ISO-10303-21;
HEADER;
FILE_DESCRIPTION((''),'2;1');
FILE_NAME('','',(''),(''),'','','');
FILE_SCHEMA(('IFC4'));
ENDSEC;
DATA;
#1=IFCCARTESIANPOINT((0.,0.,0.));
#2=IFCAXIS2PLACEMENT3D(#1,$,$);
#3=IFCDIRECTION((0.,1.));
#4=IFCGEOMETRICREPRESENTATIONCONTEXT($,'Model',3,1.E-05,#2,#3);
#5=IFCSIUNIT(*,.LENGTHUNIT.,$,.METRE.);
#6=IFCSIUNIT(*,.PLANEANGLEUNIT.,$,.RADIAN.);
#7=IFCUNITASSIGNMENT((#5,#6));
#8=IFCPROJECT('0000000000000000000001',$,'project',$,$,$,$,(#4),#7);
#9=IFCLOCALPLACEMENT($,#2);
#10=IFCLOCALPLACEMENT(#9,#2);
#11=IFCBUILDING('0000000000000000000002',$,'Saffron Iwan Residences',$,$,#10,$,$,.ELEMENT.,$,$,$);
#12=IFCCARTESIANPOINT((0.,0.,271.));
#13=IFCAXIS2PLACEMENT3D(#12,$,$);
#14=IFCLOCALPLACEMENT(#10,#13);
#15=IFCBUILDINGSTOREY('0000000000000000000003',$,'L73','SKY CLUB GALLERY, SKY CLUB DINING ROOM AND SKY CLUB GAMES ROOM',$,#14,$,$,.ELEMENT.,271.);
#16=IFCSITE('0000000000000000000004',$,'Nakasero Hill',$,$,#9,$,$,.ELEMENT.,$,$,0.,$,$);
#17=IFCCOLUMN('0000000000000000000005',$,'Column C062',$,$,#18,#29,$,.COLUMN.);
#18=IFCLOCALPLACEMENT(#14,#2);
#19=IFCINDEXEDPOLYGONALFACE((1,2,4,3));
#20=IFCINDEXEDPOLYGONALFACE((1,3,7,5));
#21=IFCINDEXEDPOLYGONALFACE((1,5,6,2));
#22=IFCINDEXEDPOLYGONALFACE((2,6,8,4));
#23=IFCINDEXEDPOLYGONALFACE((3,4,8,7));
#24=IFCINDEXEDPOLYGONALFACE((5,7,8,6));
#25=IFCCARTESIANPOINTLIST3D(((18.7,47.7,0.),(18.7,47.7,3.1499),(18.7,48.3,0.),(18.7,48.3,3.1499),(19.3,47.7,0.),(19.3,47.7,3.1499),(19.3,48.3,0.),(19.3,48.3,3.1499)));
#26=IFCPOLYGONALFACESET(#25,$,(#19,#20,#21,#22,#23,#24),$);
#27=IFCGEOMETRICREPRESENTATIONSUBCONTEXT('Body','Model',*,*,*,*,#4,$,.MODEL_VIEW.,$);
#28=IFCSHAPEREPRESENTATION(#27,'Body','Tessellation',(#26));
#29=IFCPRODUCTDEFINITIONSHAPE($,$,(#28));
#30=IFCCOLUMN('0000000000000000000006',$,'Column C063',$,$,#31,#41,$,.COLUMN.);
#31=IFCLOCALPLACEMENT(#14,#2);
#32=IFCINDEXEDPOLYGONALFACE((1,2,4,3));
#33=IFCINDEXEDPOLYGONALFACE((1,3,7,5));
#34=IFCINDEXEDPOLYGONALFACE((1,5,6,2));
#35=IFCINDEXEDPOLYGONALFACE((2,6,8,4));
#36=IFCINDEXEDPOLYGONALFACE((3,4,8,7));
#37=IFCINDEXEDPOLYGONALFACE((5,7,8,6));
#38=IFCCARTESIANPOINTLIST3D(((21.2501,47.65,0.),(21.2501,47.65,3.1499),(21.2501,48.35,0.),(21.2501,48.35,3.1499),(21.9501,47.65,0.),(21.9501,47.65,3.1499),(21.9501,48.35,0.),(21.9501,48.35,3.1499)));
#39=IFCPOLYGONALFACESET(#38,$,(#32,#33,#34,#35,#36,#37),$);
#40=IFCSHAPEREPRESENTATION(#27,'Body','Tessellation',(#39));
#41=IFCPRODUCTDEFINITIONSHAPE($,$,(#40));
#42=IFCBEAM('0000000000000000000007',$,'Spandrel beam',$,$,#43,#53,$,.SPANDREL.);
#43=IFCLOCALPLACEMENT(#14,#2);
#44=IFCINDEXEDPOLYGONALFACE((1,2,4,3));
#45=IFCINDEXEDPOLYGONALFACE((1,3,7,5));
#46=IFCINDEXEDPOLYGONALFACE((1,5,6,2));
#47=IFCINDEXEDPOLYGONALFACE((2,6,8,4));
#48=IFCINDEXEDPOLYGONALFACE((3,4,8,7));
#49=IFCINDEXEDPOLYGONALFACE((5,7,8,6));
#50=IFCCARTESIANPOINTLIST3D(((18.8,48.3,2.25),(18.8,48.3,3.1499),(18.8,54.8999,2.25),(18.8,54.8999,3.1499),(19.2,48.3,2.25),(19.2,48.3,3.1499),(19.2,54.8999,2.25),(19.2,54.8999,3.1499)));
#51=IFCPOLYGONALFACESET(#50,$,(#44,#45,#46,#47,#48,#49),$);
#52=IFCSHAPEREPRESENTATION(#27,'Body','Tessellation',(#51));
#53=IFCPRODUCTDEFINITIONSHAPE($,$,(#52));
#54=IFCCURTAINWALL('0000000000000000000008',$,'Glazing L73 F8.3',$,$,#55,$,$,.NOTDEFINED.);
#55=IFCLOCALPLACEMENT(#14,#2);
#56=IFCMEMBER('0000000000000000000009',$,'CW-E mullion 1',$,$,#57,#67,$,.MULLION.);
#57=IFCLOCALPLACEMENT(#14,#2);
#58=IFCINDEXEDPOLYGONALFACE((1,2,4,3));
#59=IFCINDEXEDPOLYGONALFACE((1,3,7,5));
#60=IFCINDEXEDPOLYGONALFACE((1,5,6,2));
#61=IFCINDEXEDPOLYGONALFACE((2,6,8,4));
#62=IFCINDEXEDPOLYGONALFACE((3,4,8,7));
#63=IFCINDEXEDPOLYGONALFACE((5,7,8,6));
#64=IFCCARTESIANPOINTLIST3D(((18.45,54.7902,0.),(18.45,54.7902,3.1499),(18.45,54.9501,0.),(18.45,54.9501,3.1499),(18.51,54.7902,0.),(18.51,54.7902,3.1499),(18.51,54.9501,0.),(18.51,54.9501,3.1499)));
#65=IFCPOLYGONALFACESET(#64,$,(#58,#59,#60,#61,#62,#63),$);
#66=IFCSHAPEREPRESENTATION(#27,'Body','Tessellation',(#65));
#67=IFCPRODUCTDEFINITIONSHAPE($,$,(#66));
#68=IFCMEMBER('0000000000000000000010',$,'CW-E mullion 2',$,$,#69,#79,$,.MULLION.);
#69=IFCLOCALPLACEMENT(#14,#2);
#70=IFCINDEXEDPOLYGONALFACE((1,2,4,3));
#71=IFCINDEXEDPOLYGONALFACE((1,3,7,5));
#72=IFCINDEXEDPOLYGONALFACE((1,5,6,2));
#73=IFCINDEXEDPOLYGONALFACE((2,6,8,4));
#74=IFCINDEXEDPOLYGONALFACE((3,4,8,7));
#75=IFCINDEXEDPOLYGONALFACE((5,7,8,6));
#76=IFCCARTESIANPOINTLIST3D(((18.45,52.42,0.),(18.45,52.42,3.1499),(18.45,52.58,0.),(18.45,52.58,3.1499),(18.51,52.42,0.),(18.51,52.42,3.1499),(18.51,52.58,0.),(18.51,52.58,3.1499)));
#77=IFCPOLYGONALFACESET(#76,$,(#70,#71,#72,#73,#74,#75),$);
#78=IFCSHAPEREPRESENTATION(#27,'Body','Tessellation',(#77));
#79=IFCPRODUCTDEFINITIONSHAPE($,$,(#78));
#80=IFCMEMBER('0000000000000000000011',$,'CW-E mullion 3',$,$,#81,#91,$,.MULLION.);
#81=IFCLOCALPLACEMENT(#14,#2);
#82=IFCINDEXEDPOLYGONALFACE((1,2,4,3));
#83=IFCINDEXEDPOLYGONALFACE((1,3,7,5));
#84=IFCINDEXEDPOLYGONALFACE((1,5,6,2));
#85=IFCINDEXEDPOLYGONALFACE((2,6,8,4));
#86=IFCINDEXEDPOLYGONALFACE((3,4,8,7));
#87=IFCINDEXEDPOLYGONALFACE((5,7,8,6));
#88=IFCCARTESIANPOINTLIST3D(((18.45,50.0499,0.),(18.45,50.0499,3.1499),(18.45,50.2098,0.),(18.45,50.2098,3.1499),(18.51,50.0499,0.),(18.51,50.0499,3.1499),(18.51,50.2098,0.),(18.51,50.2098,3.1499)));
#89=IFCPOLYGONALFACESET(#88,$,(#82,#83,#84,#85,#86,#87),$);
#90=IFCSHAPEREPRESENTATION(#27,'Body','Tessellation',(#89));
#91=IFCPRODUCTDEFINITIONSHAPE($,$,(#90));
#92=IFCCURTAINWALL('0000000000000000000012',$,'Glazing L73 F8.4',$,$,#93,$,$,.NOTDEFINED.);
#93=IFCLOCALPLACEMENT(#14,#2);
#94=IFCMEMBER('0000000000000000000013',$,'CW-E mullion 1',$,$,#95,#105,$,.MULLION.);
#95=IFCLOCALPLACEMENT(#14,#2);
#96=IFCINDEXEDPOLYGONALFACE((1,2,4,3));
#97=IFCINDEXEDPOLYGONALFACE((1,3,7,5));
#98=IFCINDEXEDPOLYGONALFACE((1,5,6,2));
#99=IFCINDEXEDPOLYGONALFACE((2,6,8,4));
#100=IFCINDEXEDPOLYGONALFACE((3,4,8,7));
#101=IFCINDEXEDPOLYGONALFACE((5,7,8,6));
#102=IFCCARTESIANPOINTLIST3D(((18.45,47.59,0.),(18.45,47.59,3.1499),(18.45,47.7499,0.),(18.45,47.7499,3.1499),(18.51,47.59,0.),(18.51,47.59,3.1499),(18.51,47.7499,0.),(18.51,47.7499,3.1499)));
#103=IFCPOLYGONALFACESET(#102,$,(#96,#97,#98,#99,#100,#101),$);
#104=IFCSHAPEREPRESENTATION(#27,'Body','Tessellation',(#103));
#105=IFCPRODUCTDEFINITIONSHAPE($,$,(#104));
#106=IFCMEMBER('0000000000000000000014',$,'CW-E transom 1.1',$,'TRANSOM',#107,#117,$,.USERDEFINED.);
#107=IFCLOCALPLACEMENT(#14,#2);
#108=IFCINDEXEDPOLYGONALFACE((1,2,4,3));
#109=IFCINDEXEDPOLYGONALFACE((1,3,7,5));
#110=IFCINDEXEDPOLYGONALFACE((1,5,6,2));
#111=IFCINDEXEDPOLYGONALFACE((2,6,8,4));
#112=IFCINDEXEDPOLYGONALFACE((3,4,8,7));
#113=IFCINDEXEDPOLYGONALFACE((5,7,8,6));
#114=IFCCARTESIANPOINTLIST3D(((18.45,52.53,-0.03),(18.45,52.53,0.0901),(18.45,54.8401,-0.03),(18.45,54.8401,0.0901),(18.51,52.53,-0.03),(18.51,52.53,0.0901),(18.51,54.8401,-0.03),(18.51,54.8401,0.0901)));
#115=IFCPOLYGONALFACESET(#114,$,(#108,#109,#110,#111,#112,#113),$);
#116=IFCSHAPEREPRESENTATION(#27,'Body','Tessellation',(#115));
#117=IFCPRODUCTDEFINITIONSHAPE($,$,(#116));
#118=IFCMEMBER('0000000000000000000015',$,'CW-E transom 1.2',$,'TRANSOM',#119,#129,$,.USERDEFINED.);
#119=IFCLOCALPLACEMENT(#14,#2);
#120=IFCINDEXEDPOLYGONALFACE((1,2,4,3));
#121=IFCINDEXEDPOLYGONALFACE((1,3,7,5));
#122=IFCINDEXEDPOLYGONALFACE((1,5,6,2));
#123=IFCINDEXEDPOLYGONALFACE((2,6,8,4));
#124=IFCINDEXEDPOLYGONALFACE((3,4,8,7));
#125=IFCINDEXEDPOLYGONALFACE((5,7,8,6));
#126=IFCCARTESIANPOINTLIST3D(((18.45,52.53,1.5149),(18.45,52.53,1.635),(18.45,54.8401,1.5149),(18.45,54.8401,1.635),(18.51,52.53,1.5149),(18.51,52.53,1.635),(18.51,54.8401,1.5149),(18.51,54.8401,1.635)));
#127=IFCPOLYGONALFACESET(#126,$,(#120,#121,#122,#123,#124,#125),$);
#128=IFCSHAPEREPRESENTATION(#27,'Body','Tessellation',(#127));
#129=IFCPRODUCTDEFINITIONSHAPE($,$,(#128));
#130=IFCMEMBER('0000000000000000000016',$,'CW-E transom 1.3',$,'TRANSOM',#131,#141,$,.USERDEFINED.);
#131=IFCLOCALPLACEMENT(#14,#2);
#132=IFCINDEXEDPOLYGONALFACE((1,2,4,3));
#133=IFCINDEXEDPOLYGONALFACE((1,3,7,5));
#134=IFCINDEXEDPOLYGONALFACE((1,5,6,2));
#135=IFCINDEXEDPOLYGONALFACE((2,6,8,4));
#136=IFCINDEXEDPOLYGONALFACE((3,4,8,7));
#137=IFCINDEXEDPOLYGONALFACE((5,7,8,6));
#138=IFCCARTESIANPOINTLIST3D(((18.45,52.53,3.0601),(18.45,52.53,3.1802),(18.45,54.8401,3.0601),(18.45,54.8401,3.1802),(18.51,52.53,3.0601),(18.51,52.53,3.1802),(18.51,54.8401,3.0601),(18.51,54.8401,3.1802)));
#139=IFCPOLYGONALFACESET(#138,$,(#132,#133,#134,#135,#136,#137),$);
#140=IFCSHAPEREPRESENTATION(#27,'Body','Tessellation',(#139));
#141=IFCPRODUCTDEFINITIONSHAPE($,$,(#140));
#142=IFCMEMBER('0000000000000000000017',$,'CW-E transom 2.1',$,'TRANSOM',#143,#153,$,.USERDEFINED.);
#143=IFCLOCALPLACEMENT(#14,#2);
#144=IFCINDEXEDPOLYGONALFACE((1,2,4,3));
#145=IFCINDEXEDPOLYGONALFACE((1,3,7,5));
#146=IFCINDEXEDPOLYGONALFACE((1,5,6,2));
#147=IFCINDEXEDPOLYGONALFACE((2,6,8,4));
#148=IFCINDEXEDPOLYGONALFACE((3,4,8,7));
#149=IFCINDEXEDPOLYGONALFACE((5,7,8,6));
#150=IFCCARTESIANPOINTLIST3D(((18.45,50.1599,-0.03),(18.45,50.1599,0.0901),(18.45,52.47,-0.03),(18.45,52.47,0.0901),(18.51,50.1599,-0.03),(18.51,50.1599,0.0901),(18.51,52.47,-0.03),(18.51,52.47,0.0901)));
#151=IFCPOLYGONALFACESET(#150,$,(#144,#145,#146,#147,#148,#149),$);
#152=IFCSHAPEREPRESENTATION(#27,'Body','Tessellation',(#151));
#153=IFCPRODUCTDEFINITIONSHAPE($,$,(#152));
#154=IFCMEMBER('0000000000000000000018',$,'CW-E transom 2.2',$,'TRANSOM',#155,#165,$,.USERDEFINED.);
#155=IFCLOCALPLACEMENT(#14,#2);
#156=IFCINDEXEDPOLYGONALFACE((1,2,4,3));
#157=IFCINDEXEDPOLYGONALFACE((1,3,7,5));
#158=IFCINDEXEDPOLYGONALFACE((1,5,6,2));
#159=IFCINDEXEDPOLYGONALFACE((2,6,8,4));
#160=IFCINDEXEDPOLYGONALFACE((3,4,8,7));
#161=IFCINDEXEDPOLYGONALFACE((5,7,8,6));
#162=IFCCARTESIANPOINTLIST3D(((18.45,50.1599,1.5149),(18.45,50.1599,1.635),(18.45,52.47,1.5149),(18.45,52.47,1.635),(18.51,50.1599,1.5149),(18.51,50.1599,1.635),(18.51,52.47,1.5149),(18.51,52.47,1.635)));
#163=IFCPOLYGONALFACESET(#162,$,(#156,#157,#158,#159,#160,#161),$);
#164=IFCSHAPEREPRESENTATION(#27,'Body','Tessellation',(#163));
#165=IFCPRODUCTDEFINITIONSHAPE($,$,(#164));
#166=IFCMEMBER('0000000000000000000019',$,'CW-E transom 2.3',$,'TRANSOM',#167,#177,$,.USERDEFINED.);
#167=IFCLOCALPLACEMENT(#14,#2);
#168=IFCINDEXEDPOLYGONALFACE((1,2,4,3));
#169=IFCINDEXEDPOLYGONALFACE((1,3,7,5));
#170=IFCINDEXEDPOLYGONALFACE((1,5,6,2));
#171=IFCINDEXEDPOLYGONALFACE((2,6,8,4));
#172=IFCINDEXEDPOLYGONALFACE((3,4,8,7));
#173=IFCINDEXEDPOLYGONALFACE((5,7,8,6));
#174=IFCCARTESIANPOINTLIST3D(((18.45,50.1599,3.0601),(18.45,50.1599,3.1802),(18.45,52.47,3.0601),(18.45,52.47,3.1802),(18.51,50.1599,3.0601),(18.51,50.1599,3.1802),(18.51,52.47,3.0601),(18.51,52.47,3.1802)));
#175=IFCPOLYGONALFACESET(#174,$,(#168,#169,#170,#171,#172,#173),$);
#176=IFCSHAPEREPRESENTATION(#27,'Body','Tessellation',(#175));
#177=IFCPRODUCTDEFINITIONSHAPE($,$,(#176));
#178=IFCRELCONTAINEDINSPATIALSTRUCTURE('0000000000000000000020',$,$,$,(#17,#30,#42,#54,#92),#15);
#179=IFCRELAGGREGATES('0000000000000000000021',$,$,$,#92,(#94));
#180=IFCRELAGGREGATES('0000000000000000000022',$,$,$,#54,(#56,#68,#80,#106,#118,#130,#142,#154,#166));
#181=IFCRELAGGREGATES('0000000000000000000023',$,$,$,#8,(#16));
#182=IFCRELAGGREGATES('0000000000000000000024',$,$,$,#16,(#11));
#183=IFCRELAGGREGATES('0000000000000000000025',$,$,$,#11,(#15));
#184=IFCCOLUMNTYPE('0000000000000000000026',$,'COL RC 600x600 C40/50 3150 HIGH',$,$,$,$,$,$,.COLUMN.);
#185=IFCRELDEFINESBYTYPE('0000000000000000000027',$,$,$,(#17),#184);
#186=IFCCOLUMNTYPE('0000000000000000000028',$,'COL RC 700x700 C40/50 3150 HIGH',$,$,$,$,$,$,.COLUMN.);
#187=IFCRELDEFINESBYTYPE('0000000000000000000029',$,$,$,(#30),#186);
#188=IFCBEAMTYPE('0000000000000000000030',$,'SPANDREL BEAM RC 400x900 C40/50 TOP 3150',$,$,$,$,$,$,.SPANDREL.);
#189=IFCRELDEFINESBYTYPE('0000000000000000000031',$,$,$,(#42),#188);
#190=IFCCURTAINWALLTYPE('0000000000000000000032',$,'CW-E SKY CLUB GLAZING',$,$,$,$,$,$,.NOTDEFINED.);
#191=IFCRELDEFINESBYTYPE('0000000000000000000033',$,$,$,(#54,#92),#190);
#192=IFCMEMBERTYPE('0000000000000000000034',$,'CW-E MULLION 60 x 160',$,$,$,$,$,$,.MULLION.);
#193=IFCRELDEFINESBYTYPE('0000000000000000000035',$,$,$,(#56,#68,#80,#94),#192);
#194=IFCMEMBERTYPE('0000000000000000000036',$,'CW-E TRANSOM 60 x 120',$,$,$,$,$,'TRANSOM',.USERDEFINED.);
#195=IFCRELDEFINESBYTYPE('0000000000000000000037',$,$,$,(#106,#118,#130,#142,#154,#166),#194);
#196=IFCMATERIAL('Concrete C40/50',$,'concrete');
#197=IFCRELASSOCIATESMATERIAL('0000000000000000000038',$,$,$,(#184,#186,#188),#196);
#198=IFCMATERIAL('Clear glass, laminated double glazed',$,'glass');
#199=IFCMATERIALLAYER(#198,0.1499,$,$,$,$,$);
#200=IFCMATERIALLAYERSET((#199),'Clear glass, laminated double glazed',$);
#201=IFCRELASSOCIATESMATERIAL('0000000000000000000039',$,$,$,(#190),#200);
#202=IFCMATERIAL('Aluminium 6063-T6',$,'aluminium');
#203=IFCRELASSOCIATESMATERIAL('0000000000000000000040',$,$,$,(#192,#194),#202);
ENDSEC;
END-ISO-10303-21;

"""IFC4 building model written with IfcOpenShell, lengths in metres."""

from ifc_helpers import new_model, si_unit, direction, frame, origin, origin_2d, place, context, subcontext, project, spatial, rectangle, extrude, source, transform, mapped, material, layer, layer_set, material_profile, profile_set, type_object, element, aggregate, save


model = new_model("IFC4")

# Units and contexts
model_context = context("Model", 3, precision=1e-05, world=origin(), true_north=direction((0.0, 1.0)))
body_context = subcontext(model_context, "Body", "Model", "MODEL_VIEW")
ifc_project = project(units=[si_unit("LENGTHUNIT", "METRE"), si_unit("PLANEANGLEUNIT", "RADIAN")], contexts=[model_context])

# Site, building, storey
site_placement = place(None, origin())
site = spatial("IfcSite", under=ifc_project, at=site_placement, Name="Nakasero Hill", CompositionType="ELEMENT", RefElevation=0.0)
building_placement = place(site_placement, origin())
building = spatial("IfcBuilding", under=site, at=building_placement, Name="Saffron Iwan Residences", CompositionType="ELEMENT")
storey_placement = place(building_placement, frame((0.0, 0.0, 271.0)))
storey = spatial("IfcBuildingStorey", under=building, at=storey_placement, Name="L73", Description="SKY CLUB GALLERY, SKY CLUB DINING ROOM AND SKY CLUB GAMES ROOM", CompositionType="ELEMENT", Elevation=271.0)

# Columns
ifc_material_1 = material(Name="Concrete C40/50", Category="concrete")
ifc_material_profile_1 = material_profile(ifc_material_1, rectangle(XDim=0.6001, YDim=0.6001, at=origin_2d()), Name="RC 600x600")
ifc_profile_set_1 = profile_set([ifc_material_profile_1], Name="Concrete C40/50")
column_type_1 = type_object("IfcColumnType", Name="COL RC 600x600 C40/50 3150 HIGH", PredefinedType="COLUMN", material=ifc_profile_set_1)
shared_shape_1 = source(origin(), body_context, "Body", "SweptSolid", [
    extrude(rectangle(XDim=0.6001, YDim=0.6001, at=origin_2d()), origin(), (0.0, 0.0, 1.0), 3.1499),
])
column_1_placement = place(storey_placement, frame((19.0, 48.0, 0.0), z_axis=(0.0, 0.0, 1.0), x_axis=(1.0, 0.0, 0.0)))
element("IfcColumn", 1, at=column_1_placement, inside=storey, type_object=column_type_1, Name="Column C062", PredefinedType="COLUMN", context=body_context, shape_type="MappedRepresentation", body=[
    mapped(shared_shape_1, transform((0.0, 0.0, 0.0))),
])
ifc_material_profile_2 = material_profile(ifc_material_1, rectangle(XDim=0.7, YDim=0.7, at=origin_2d()), Name="RC 700x700")
ifc_profile_set_2 = profile_set([ifc_material_profile_2], Name="Concrete C40/50")
column_type_2 = type_object("IfcColumnType", Name="COL RC 700x700 C40/50 3150 HIGH", PredefinedType="COLUMN", material=ifc_profile_set_2)
shared_shape_2 = source(origin(), body_context, "Body", "SweptSolid", [
    extrude(rectangle(XDim=0.7, YDim=0.7, at=origin_2d()), origin(), (0.0, 0.0, 1.0), 3.1499),
])
column_2_placement = place(storey_placement, frame((21.6001, 48.0, 0.0), z_axis=(0.0, 0.0, 1.0), x_axis=(1.0, 0.0, 0.0)))
element("IfcColumn", 2, at=column_2_placement, inside=storey, type_object=column_type_2, Name="Column C063", PredefinedType="COLUMN", context=body_context, shape_type="MappedRepresentation", body=[
    mapped(shared_shape_2, transform((0.0, 0.0, 0.0))),
])

# Beam
ifc_material_profile_3 = material_profile(ifc_material_1, rectangle(XDim=0.3999, YDim=0.8999, at=origin_2d()), Name="RC 400x900")
ifc_profile_set_3 = profile_set([ifc_material_profile_3], Name="Concrete C40/50")
beam_type = type_object("IfcBeamType", Name="SPANDREL BEAM RC 400x900 C40/50 TOP 3150", PredefinedType="SPANDREL", material=ifc_profile_set_3)
shared_shape_3 = source(origin(), body_context, "Body", "SweptSolid", [
    extrude(rectangle(XDim=0.3999, YDim=0.8999, at=origin_2d()), origin(), (0.0, 0.0, 1.0), 6.5999),
])
beam_placement = place(storey_placement, frame((19.0, 48.3, 2.7), z_axis=(0.0, 1.0, 0.0), x_axis=(-1.0, 0.0, 0.0)))
element("IfcBeam", 3, at=beam_placement, inside=storey, type_object=beam_type, Name="Spandrel beam", PredefinedType="SPANDREL", context=body_context, shape_type="MappedRepresentation", body=[
    mapped(shared_shape_3, transform((0.0, 0.0, 0.0))),
])

# Curtain wall, members
ifc_material_2 = material(Name="Clear glass, laminated double glazed", Category="glass")
ifc_layer_1 = layer(ifc_material_2, 0.1499)
ifc_layer_set_1 = layer_set([ifc_layer_1], Name="Clear glass, laminated double glazed")
curtain_wall_type = type_object("IfcCurtainWallType", Name="CW-E SKY CLUB GLAZING", PredefinedType="NOTDEFINED", material=ifc_layer_set_1)
curtain_wall_1_placement = place(storey_placement, origin())
curtain_wall_1 = element("IfcCurtainWall", 4, at=curtain_wall_1_placement, inside=storey, type_object=curtain_wall_type, Name="Glazing L73 F8.3", PredefinedType="NOTDEFINED")
ifc_material_3 = material(Name="Aluminium 6063-T6", Category="aluminium")
ifc_material_profile_4 = material_profile(ifc_material_3, rectangle(XDim=0.0601, YDim=0.1599, at=origin_2d()), Name="CW-E MULLION 60 x 160")
ifc_profile_set_4 = profile_set([ifc_material_profile_4], Name="Aluminium 6063-T6")
member_type_1 = type_object("IfcMemberType", Name="CW-E MULLION 60 x 160", PredefinedType="MULLION", material=ifc_profile_set_4)
shared_shape_4 = source(origin(), body_context, "Body", "SweptSolid", [
    extrude(rectangle(XDim=0.0601, YDim=0.1599, at=origin_2d()), origin(), (0.0, 0.0, 1.0), 3.1499),
])
member_1_placement = place(storey_placement, frame((18.48, 54.8701, 0.0), z_axis=(0.0, 0.0, 1.0), x_axis=(1.0, 0.0, 0.0)))
member_1 = element("IfcMember", 5, at=member_1_placement, type_object=member_type_1, Name="CW-E mullion 1", PredefinedType="MULLION", context=body_context, shape_type="MappedRepresentation", body=[
    mapped(shared_shape_4, transform((0.0, 0.0, 0.0))),
])
member_2_placement = place(storey_placement, frame((18.48, 52.5, 0.0), z_axis=(0.0, 0.0, 1.0), x_axis=(1.0, 0.0, 0.0)))
member_2 = element("IfcMember", 6, at=member_2_placement, type_object=member_type_1, Name="CW-E mullion 2", PredefinedType="MULLION", context=body_context, shape_type="MappedRepresentation", body=[
    mapped(shared_shape_4, transform((0.0, 0.0, 0.0))),
])
member_3_placement = place(storey_placement, frame((18.48, 50.1299, 0.0), z_axis=(0.0, 0.0, 1.0), x_axis=(1.0, 0.0, 0.0)))
member_3 = element("IfcMember", 7, at=member_3_placement, type_object=member_type_1, Name="CW-E mullion 3", PredefinedType="MULLION", context=body_context, shape_type="MappedRepresentation", body=[
    mapped(shared_shape_4, transform((0.0, 0.0, 0.0))),
])

# Curtain wall, member
curtain_wall_2_placement = place(storey_placement, origin())
curtain_wall_2 = element("IfcCurtainWall", 8, at=curtain_wall_2_placement, inside=storey, type_object=curtain_wall_type, Name="Glazing L73 F8.4", PredefinedType="NOTDEFINED")
member_4_placement = place(storey_placement, frame((18.48, 47.6699, 0.0), z_axis=(0.0, 0.0, 1.0), x_axis=(1.0, 0.0, 0.0)))
member_4 = element("IfcMember", 9, at=member_4_placement, type_object=member_type_1, Name="CW-E mullion 1", PredefinedType="MULLION", context=body_context, shape_type="MappedRepresentation", body=[
    mapped(shared_shape_4, transform((0.0, 0.0, 0.0))),
])

# Members
ifc_material_profile_5 = material_profile(ifc_material_3, rectangle(XDim=0.0601, YDim=0.1201, at=origin_2d()), Name="CW-E TRANSOM 60 x 120")
ifc_profile_set_5 = profile_set([ifc_material_profile_5], Name="Aluminium 6063-T6")
member_type_2 = type_object("IfcMemberType", Name="CW-E TRANSOM 60 x 120", ElementType="TRANSOM", PredefinedType="USERDEFINED", material=ifc_profile_set_5)
shared_shape_5 = source(origin(), body_context, "Body", "SweptSolid", [
    extrude(rectangle(XDim=0.0601, YDim=0.1201, at=origin_2d()), origin(), (0.0, 0.0, 1.0), 2.3101),
])
member_5_placement = place(storey_placement, frame((18.48, 54.8401, 0.03), z_axis=(0.0, -1.0, 0.0), x_axis=(1.0, 0.0, 0.0)))
member_5 = element("IfcMember", 10, at=member_5_placement, type_object=member_type_2, Name="CW-E transom 1.1", ObjectType="TRANSOM", PredefinedType="USERDEFINED", context=body_context, shape_type="MappedRepresentation", body=[
    mapped(shared_shape_5, transform((0.0, 0.0, 0.0))),
])
member_6_placement = place(storey_placement, frame((18.48, 54.8401, 1.575), z_axis=(0.0, -1.0, 0.0), x_axis=(1.0, 0.0, 0.0)))
member_6 = element("IfcMember", 11, at=member_6_placement, type_object=member_type_2, Name="CW-E transom 1.2", ObjectType="TRANSOM", PredefinedType="USERDEFINED", context=body_context, shape_type="MappedRepresentation", body=[
    mapped(shared_shape_5, transform((0.0, 0.0, 0.0))),
])
member_7_placement = place(storey_placement, frame((18.48, 54.8401, 3.1201), z_axis=(0.0, -1.0, 0.0), x_axis=(1.0, 0.0, 0.0)))
member_7 = element("IfcMember", 12, at=member_7_placement, type_object=member_type_2, Name="CW-E transom 1.3", ObjectType="TRANSOM", PredefinedType="USERDEFINED", context=body_context, shape_type="MappedRepresentation", body=[
    mapped(shared_shape_5, transform((0.0, 0.0, 0.0))),
])
member_8_placement = place(storey_placement, frame((18.48, 52.47, 0.03), z_axis=(0.0, -1.0, 0.0), x_axis=(1.0, 0.0, 0.0)))
member_8 = element("IfcMember", 13, at=member_8_placement, type_object=member_type_2, Name="CW-E transom 2.1", ObjectType="TRANSOM", PredefinedType="USERDEFINED", context=body_context, shape_type="MappedRepresentation", body=[
    mapped(shared_shape_5, transform((0.0, 0.0, 0.0))),
])
member_9_placement = place(storey_placement, frame((18.48, 52.47, 1.575), z_axis=(0.0, -1.0, 0.0), x_axis=(1.0, 0.0, 0.0)))
member_9 = element("IfcMember", 14, at=member_9_placement, type_object=member_type_2, Name="CW-E transom 2.2", ObjectType="TRANSOM", PredefinedType="USERDEFINED", context=body_context, shape_type="MappedRepresentation", body=[
    mapped(shared_shape_5, transform((0.0, 0.0, 0.0))),
])
member_10_placement = place(storey_placement, frame((18.48, 52.47, 3.1201), z_axis=(0.0, -1.0, 0.0), x_axis=(1.0, 0.0, 0.0)))
member_10 = element("IfcMember", 15, at=member_10_placement, type_object=member_type_2, Name="CW-E transom 2.3", ObjectType="TRANSOM", PredefinedType="USERDEFINED", context=body_context, shape_type="MappedRepresentation", body=[
    mapped(shared_shape_5, transform((0.0, 0.0, 0.0))),
])
aggregate(curtain_wall_2, [member_4])

aggregate(curtain_wall_1, [member_1, member_2, member_3, member_5, member_6, member_7, member_8, member_9, member_10])

save(model, "model.ifc")
